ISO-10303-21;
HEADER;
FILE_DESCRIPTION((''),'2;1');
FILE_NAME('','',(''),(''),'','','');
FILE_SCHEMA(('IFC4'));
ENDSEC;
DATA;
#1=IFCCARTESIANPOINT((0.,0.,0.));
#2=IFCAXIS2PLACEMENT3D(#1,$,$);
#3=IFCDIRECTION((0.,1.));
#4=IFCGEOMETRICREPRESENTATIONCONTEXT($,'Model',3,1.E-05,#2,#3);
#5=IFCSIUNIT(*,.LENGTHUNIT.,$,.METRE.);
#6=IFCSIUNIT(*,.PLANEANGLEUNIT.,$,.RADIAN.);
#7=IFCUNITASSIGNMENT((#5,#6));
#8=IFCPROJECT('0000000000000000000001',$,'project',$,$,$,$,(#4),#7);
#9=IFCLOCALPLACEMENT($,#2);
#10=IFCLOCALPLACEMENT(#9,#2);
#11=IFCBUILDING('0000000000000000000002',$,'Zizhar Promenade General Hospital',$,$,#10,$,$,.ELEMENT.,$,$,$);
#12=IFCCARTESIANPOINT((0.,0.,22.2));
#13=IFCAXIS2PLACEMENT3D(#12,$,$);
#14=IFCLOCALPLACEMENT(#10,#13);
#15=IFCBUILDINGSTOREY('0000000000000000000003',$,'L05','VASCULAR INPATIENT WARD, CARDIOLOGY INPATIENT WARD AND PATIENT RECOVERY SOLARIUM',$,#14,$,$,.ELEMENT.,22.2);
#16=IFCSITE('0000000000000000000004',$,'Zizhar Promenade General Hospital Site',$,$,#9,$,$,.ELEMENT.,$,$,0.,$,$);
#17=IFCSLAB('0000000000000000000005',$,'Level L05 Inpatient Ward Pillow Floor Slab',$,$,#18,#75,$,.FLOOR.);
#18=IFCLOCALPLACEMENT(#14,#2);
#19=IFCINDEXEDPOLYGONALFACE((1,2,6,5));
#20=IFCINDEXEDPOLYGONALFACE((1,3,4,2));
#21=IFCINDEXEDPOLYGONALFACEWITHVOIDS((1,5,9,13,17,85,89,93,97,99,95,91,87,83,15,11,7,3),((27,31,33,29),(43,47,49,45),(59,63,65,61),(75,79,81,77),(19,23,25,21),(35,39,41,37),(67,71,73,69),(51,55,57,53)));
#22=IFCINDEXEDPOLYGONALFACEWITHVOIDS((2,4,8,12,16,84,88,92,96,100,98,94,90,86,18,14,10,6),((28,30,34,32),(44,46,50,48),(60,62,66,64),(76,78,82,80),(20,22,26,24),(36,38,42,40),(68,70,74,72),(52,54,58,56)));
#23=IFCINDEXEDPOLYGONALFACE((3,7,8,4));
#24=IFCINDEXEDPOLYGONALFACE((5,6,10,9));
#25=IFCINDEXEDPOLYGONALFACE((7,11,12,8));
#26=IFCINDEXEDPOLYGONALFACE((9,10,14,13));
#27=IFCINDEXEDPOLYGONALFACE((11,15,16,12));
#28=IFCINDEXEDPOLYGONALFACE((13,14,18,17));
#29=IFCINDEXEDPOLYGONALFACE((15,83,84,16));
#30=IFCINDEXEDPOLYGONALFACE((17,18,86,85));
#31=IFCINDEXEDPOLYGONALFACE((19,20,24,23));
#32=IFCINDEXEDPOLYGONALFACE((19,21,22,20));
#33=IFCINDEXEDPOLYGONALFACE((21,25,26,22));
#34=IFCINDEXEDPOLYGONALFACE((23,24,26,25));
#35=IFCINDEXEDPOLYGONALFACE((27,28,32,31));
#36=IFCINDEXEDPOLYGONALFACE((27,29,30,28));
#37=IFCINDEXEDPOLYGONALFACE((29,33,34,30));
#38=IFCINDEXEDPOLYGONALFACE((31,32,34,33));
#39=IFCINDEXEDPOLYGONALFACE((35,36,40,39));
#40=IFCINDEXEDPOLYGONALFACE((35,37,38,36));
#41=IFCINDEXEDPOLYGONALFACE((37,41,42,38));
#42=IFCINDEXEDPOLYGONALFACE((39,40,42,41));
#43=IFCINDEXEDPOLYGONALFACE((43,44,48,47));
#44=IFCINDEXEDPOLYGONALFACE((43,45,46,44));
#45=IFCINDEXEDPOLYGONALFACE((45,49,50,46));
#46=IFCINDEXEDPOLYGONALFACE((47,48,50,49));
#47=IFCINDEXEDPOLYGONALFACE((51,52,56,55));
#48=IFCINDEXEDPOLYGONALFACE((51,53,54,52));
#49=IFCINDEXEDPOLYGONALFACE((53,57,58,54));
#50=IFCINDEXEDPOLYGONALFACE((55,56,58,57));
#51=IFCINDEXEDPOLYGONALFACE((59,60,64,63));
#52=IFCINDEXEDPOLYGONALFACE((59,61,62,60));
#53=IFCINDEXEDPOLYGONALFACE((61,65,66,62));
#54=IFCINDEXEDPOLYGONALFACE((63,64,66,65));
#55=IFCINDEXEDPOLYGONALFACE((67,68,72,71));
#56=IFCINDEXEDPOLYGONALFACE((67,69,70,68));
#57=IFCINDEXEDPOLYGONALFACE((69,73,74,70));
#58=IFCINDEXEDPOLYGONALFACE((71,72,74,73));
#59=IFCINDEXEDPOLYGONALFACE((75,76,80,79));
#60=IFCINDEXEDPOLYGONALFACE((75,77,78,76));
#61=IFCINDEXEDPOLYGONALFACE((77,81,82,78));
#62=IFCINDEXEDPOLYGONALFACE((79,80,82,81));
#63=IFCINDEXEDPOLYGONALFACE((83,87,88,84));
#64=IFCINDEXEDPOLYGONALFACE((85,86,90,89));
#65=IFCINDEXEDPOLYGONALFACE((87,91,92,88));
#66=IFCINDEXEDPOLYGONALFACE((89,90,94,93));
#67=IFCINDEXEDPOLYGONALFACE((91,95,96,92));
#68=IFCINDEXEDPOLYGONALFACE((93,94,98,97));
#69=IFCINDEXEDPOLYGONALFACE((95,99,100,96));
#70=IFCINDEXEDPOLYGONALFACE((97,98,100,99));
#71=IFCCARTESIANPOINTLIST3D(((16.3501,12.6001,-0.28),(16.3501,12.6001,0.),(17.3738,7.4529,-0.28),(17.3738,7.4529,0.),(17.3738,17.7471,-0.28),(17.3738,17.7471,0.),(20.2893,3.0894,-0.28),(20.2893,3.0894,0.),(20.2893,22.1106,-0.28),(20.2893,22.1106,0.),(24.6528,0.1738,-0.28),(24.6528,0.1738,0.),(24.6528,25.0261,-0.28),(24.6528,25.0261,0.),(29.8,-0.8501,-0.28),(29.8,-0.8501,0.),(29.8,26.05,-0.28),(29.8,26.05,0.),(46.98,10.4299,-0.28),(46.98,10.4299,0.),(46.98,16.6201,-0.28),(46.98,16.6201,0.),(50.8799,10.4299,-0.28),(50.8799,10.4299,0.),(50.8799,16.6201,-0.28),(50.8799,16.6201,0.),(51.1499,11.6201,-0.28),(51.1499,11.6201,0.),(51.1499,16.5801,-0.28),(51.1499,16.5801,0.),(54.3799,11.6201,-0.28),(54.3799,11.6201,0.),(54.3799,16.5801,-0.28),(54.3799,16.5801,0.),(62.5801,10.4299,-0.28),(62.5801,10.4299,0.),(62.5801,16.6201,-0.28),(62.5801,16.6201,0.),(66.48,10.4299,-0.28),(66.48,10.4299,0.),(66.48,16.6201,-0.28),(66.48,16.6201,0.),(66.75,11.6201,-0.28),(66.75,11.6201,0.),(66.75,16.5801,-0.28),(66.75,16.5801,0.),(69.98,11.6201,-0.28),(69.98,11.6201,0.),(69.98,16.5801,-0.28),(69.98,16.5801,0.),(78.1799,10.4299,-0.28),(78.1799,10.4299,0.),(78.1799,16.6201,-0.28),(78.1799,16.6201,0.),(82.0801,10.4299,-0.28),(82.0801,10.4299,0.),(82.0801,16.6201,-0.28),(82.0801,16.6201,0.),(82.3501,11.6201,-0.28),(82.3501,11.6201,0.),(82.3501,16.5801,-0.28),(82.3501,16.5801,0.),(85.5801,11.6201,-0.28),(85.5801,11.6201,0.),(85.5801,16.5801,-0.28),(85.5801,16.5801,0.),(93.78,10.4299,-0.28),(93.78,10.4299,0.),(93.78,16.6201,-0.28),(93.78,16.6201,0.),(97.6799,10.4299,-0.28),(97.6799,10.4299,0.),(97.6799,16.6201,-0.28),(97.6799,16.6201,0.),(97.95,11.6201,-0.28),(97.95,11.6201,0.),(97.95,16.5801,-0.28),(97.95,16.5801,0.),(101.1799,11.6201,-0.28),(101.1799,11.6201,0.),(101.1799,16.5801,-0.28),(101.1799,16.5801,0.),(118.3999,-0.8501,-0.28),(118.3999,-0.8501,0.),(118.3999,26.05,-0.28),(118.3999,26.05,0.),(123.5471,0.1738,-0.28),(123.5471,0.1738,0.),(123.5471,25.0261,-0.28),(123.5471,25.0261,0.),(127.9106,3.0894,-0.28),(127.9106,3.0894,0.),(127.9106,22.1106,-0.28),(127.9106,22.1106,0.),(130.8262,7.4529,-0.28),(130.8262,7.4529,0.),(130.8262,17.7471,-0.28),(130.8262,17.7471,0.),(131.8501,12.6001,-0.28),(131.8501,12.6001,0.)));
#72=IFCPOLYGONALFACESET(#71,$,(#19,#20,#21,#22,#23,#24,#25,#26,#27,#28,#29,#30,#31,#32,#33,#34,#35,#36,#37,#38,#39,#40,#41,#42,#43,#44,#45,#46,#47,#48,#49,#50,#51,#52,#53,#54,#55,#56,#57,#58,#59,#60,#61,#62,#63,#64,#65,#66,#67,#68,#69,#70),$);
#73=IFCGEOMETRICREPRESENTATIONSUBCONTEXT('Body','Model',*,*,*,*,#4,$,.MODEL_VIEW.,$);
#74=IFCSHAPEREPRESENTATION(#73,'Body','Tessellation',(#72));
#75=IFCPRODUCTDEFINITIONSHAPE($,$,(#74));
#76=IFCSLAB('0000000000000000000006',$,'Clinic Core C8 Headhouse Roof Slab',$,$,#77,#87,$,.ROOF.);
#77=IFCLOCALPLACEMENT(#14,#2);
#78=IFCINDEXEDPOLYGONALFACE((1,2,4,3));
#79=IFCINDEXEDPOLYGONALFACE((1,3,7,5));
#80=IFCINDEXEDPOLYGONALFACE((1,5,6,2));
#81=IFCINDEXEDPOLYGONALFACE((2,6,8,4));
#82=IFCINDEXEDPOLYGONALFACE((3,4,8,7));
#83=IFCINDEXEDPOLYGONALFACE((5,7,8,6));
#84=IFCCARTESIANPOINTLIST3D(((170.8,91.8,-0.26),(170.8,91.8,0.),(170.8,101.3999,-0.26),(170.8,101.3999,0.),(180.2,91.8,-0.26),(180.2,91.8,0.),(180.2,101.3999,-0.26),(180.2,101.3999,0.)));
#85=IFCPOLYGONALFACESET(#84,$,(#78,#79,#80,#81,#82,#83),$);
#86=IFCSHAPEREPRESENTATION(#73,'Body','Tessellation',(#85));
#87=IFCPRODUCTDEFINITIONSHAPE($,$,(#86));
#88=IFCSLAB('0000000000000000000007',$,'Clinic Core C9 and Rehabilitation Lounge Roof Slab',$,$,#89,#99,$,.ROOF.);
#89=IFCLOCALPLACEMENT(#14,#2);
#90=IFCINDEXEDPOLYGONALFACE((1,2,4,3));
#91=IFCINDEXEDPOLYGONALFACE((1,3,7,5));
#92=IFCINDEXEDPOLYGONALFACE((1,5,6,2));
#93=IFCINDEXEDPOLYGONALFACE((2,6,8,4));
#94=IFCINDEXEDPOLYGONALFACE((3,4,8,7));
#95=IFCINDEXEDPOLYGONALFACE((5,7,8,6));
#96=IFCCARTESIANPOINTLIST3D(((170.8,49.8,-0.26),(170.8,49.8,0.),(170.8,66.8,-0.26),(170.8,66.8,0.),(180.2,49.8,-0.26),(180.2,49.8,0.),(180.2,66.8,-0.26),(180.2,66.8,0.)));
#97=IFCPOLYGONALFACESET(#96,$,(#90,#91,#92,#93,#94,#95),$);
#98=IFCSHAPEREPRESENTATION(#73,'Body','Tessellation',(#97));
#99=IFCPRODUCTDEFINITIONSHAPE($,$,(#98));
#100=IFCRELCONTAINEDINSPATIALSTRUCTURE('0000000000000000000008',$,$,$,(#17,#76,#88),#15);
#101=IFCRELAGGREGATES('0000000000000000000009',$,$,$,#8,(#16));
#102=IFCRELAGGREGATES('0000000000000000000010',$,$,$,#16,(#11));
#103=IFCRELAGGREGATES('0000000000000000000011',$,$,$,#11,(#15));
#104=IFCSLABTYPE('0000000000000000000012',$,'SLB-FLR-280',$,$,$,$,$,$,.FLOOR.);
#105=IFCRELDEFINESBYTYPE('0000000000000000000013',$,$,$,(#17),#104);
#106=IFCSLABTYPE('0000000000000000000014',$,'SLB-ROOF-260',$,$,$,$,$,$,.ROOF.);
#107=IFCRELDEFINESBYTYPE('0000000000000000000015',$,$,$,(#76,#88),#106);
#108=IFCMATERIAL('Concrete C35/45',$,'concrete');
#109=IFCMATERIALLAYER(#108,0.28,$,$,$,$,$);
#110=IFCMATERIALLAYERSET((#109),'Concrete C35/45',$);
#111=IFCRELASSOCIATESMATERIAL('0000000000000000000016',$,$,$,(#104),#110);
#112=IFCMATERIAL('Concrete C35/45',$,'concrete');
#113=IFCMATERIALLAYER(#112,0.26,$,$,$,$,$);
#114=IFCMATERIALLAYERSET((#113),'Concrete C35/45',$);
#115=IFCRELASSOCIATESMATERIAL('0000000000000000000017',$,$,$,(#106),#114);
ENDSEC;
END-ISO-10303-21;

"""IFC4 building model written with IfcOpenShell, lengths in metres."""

from ifc_helpers import new_model, si_unit, direction, frame, origin, place, context, subcontext, project, spatial, polyline, outline, extrude, material, layer, layer_set, type_object, element, save


model = new_model("IFC4")

# Units and contexts
model_context = context("Model", 3, precision=1e-05, world=origin(), true_north=direction((0.0, 1.0)))
body_context = subcontext(model_context, "Body", "Model", "MODEL_VIEW")
ifc_project = project(units=[si_unit("LENGTHUNIT", "METRE"), si_unit("PLANEANGLEUNIT", "RADIAN")], contexts=[model_context])

# Site, building, storey
site_placement = place(None, origin())
site = spatial("IfcSite", under=ifc_project, at=site_placement, Name="Zizhar Promenade General Hospital Site", CompositionType="ELEMENT", RefElevation=0.0)
building_placement = place(site_placement, origin())
building = spatial("IfcBuilding", under=site, at=building_placement, Name="Zizhar Promenade General Hospital", CompositionType="ELEMENT")
storey_placement = place(building_placement, frame((0.0, 0.0, 22.2)))
storey = spatial("IfcBuildingStorey", under=building, at=storey_placement, Name="L05", Description="VASCULAR INPATIENT WARD, CARDIOLOGY INPATIENT WARD AND PATIENT RECOVERY SOLARIUM", CompositionType="ELEMENT", Elevation=22.2)

# Slabs
ifc_material_1 = material(Name="Concrete C35/45", Category="concrete")
ifc_layer_1 = layer(ifc_material_1, 0.28)
ifc_layer_set_1 = layer_set([ifc_layer_1], Name="Concrete C35/45")
slab_type_1 = type_object("IfcSlabType", Name="SLB-FLR-280", PredefinedType="FLOOR", material=ifc_layer_set_1)
slab_1_placement = place(storey_placement, frame((0.0, 0.0, -0.28)))
element("IfcSlab", 1, at=slab_1_placement, inside=storey, type_object=slab_type_1, Name="Level L05 Inpatient Ward Pillow Floor Slab", PredefinedType="FLOOR", context=body_context, shape_type="SweptSolid", body=[
    extrude(outline(polyline([(118.3999, -0.8501), (123.5471, 0.1738), (127.9106, 3.0894), (130.8262, 7.4529), (131.8501, 12.6001), (130.8262, 17.7471), (127.9106, 22.1106), (123.5471, 25.0261), (118.3999, 26.05), (29.8, 26.05), (24.6528, 25.0261), (20.2893, 22.1106), (17.3738, 17.7471), (16.3501, 12.6001), (17.3738, 7.4529), (20.2893, 3.0894), (24.6528, 0.1738), (29.8, -0.8501), (118.3999, -0.8501)]), holes=[polyline([(46.98, 10.4299), (46.98, 16.6201), (50.8799, 16.6201), (50.8799, 10.4299), (46.98, 10.4299)]), polyline([(51.1499, 11.6201), (51.1499, 16.5801), (54.3799, 16.5801), (54.3799, 11.6201), (51.1499, 11.6201)]), polyline([(62.5801, 10.4299), (62.5801, 16.6201), (66.48, 16.6201), (66.48, 10.4299), (62.5801, 10.4299)]), polyline([(66.75, 11.6201), (66.75, 16.5801), (69.98, 16.5801), (69.98, 11.6201), (66.75, 11.6201)]), polyline([(78.1799, 10.4299), (78.1799, 16.6201), (82.0801, 16.6201), (82.0801, 10.4299), (78.1799, 10.4299)]), polyline([(82.3501, 11.6201), (82.3501, 16.5801), (85.5801, 16.5801), (85.5801, 11.6201), (82.3501, 11.6201)]), polyline([(93.78, 10.4299), (93.78, 16.6201), (97.6799, 16.6201), (97.6799, 10.4299), (93.78, 10.4299)]), polyline([(97.95, 11.6201), (97.95, 16.5801), (101.1799, 16.5801), (101.1799, 11.6201), (97.95, 11.6201)])]), origin(), (0.0, 0.0, 1.0), 0.28),
])
ifc_material_2 = material(Name="Concrete C35/45", Category="concrete")
ifc_layer_2 = layer(ifc_material_2, 0.26)
ifc_layer_set_2 = layer_set([ifc_layer_2], Name="Concrete C35/45")
slab_type_2 = type_object("IfcSlabType", Name="SLB-ROOF-260", PredefinedType="ROOF", material=ifc_layer_set_2)
slab_2_placement = place(storey_placement, frame((0.0, 0.0, -0.26)))
element("IfcSlab", 2, at=slab_2_placement, inside=storey, type_object=slab_type_2, Name="Clinic Core C8 Headhouse Roof Slab", PredefinedType="ROOF", context=body_context, shape_type="SweptSolid", body=[
    extrude(outline(polyline([(170.8, 91.8), (180.2, 91.8), (180.2, 101.3999), (170.8, 101.3999), (170.8, 91.8)])), origin(), (0.0, 0.0, 1.0), 0.26),
])
slab_3_placement = place(storey_placement, frame((0.0, 0.0, -0.26)))
element("IfcSlab", 3, at=slab_3_placement, inside=storey, type_object=slab_type_2, Name="Clinic Core C9 and Rehabilitation Lounge Roof Slab", PredefinedType="ROOF", context=body_context, shape_type="SweptSolid", body=[
    extrude(outline(polyline([(170.8, 49.8), (180.2, 49.8), (180.2, 66.8), (170.8, 66.8), (170.8, 49.8)])), origin(), (0.0, 0.0, 1.0), 0.26),
])

save(model, "model.ifc")
